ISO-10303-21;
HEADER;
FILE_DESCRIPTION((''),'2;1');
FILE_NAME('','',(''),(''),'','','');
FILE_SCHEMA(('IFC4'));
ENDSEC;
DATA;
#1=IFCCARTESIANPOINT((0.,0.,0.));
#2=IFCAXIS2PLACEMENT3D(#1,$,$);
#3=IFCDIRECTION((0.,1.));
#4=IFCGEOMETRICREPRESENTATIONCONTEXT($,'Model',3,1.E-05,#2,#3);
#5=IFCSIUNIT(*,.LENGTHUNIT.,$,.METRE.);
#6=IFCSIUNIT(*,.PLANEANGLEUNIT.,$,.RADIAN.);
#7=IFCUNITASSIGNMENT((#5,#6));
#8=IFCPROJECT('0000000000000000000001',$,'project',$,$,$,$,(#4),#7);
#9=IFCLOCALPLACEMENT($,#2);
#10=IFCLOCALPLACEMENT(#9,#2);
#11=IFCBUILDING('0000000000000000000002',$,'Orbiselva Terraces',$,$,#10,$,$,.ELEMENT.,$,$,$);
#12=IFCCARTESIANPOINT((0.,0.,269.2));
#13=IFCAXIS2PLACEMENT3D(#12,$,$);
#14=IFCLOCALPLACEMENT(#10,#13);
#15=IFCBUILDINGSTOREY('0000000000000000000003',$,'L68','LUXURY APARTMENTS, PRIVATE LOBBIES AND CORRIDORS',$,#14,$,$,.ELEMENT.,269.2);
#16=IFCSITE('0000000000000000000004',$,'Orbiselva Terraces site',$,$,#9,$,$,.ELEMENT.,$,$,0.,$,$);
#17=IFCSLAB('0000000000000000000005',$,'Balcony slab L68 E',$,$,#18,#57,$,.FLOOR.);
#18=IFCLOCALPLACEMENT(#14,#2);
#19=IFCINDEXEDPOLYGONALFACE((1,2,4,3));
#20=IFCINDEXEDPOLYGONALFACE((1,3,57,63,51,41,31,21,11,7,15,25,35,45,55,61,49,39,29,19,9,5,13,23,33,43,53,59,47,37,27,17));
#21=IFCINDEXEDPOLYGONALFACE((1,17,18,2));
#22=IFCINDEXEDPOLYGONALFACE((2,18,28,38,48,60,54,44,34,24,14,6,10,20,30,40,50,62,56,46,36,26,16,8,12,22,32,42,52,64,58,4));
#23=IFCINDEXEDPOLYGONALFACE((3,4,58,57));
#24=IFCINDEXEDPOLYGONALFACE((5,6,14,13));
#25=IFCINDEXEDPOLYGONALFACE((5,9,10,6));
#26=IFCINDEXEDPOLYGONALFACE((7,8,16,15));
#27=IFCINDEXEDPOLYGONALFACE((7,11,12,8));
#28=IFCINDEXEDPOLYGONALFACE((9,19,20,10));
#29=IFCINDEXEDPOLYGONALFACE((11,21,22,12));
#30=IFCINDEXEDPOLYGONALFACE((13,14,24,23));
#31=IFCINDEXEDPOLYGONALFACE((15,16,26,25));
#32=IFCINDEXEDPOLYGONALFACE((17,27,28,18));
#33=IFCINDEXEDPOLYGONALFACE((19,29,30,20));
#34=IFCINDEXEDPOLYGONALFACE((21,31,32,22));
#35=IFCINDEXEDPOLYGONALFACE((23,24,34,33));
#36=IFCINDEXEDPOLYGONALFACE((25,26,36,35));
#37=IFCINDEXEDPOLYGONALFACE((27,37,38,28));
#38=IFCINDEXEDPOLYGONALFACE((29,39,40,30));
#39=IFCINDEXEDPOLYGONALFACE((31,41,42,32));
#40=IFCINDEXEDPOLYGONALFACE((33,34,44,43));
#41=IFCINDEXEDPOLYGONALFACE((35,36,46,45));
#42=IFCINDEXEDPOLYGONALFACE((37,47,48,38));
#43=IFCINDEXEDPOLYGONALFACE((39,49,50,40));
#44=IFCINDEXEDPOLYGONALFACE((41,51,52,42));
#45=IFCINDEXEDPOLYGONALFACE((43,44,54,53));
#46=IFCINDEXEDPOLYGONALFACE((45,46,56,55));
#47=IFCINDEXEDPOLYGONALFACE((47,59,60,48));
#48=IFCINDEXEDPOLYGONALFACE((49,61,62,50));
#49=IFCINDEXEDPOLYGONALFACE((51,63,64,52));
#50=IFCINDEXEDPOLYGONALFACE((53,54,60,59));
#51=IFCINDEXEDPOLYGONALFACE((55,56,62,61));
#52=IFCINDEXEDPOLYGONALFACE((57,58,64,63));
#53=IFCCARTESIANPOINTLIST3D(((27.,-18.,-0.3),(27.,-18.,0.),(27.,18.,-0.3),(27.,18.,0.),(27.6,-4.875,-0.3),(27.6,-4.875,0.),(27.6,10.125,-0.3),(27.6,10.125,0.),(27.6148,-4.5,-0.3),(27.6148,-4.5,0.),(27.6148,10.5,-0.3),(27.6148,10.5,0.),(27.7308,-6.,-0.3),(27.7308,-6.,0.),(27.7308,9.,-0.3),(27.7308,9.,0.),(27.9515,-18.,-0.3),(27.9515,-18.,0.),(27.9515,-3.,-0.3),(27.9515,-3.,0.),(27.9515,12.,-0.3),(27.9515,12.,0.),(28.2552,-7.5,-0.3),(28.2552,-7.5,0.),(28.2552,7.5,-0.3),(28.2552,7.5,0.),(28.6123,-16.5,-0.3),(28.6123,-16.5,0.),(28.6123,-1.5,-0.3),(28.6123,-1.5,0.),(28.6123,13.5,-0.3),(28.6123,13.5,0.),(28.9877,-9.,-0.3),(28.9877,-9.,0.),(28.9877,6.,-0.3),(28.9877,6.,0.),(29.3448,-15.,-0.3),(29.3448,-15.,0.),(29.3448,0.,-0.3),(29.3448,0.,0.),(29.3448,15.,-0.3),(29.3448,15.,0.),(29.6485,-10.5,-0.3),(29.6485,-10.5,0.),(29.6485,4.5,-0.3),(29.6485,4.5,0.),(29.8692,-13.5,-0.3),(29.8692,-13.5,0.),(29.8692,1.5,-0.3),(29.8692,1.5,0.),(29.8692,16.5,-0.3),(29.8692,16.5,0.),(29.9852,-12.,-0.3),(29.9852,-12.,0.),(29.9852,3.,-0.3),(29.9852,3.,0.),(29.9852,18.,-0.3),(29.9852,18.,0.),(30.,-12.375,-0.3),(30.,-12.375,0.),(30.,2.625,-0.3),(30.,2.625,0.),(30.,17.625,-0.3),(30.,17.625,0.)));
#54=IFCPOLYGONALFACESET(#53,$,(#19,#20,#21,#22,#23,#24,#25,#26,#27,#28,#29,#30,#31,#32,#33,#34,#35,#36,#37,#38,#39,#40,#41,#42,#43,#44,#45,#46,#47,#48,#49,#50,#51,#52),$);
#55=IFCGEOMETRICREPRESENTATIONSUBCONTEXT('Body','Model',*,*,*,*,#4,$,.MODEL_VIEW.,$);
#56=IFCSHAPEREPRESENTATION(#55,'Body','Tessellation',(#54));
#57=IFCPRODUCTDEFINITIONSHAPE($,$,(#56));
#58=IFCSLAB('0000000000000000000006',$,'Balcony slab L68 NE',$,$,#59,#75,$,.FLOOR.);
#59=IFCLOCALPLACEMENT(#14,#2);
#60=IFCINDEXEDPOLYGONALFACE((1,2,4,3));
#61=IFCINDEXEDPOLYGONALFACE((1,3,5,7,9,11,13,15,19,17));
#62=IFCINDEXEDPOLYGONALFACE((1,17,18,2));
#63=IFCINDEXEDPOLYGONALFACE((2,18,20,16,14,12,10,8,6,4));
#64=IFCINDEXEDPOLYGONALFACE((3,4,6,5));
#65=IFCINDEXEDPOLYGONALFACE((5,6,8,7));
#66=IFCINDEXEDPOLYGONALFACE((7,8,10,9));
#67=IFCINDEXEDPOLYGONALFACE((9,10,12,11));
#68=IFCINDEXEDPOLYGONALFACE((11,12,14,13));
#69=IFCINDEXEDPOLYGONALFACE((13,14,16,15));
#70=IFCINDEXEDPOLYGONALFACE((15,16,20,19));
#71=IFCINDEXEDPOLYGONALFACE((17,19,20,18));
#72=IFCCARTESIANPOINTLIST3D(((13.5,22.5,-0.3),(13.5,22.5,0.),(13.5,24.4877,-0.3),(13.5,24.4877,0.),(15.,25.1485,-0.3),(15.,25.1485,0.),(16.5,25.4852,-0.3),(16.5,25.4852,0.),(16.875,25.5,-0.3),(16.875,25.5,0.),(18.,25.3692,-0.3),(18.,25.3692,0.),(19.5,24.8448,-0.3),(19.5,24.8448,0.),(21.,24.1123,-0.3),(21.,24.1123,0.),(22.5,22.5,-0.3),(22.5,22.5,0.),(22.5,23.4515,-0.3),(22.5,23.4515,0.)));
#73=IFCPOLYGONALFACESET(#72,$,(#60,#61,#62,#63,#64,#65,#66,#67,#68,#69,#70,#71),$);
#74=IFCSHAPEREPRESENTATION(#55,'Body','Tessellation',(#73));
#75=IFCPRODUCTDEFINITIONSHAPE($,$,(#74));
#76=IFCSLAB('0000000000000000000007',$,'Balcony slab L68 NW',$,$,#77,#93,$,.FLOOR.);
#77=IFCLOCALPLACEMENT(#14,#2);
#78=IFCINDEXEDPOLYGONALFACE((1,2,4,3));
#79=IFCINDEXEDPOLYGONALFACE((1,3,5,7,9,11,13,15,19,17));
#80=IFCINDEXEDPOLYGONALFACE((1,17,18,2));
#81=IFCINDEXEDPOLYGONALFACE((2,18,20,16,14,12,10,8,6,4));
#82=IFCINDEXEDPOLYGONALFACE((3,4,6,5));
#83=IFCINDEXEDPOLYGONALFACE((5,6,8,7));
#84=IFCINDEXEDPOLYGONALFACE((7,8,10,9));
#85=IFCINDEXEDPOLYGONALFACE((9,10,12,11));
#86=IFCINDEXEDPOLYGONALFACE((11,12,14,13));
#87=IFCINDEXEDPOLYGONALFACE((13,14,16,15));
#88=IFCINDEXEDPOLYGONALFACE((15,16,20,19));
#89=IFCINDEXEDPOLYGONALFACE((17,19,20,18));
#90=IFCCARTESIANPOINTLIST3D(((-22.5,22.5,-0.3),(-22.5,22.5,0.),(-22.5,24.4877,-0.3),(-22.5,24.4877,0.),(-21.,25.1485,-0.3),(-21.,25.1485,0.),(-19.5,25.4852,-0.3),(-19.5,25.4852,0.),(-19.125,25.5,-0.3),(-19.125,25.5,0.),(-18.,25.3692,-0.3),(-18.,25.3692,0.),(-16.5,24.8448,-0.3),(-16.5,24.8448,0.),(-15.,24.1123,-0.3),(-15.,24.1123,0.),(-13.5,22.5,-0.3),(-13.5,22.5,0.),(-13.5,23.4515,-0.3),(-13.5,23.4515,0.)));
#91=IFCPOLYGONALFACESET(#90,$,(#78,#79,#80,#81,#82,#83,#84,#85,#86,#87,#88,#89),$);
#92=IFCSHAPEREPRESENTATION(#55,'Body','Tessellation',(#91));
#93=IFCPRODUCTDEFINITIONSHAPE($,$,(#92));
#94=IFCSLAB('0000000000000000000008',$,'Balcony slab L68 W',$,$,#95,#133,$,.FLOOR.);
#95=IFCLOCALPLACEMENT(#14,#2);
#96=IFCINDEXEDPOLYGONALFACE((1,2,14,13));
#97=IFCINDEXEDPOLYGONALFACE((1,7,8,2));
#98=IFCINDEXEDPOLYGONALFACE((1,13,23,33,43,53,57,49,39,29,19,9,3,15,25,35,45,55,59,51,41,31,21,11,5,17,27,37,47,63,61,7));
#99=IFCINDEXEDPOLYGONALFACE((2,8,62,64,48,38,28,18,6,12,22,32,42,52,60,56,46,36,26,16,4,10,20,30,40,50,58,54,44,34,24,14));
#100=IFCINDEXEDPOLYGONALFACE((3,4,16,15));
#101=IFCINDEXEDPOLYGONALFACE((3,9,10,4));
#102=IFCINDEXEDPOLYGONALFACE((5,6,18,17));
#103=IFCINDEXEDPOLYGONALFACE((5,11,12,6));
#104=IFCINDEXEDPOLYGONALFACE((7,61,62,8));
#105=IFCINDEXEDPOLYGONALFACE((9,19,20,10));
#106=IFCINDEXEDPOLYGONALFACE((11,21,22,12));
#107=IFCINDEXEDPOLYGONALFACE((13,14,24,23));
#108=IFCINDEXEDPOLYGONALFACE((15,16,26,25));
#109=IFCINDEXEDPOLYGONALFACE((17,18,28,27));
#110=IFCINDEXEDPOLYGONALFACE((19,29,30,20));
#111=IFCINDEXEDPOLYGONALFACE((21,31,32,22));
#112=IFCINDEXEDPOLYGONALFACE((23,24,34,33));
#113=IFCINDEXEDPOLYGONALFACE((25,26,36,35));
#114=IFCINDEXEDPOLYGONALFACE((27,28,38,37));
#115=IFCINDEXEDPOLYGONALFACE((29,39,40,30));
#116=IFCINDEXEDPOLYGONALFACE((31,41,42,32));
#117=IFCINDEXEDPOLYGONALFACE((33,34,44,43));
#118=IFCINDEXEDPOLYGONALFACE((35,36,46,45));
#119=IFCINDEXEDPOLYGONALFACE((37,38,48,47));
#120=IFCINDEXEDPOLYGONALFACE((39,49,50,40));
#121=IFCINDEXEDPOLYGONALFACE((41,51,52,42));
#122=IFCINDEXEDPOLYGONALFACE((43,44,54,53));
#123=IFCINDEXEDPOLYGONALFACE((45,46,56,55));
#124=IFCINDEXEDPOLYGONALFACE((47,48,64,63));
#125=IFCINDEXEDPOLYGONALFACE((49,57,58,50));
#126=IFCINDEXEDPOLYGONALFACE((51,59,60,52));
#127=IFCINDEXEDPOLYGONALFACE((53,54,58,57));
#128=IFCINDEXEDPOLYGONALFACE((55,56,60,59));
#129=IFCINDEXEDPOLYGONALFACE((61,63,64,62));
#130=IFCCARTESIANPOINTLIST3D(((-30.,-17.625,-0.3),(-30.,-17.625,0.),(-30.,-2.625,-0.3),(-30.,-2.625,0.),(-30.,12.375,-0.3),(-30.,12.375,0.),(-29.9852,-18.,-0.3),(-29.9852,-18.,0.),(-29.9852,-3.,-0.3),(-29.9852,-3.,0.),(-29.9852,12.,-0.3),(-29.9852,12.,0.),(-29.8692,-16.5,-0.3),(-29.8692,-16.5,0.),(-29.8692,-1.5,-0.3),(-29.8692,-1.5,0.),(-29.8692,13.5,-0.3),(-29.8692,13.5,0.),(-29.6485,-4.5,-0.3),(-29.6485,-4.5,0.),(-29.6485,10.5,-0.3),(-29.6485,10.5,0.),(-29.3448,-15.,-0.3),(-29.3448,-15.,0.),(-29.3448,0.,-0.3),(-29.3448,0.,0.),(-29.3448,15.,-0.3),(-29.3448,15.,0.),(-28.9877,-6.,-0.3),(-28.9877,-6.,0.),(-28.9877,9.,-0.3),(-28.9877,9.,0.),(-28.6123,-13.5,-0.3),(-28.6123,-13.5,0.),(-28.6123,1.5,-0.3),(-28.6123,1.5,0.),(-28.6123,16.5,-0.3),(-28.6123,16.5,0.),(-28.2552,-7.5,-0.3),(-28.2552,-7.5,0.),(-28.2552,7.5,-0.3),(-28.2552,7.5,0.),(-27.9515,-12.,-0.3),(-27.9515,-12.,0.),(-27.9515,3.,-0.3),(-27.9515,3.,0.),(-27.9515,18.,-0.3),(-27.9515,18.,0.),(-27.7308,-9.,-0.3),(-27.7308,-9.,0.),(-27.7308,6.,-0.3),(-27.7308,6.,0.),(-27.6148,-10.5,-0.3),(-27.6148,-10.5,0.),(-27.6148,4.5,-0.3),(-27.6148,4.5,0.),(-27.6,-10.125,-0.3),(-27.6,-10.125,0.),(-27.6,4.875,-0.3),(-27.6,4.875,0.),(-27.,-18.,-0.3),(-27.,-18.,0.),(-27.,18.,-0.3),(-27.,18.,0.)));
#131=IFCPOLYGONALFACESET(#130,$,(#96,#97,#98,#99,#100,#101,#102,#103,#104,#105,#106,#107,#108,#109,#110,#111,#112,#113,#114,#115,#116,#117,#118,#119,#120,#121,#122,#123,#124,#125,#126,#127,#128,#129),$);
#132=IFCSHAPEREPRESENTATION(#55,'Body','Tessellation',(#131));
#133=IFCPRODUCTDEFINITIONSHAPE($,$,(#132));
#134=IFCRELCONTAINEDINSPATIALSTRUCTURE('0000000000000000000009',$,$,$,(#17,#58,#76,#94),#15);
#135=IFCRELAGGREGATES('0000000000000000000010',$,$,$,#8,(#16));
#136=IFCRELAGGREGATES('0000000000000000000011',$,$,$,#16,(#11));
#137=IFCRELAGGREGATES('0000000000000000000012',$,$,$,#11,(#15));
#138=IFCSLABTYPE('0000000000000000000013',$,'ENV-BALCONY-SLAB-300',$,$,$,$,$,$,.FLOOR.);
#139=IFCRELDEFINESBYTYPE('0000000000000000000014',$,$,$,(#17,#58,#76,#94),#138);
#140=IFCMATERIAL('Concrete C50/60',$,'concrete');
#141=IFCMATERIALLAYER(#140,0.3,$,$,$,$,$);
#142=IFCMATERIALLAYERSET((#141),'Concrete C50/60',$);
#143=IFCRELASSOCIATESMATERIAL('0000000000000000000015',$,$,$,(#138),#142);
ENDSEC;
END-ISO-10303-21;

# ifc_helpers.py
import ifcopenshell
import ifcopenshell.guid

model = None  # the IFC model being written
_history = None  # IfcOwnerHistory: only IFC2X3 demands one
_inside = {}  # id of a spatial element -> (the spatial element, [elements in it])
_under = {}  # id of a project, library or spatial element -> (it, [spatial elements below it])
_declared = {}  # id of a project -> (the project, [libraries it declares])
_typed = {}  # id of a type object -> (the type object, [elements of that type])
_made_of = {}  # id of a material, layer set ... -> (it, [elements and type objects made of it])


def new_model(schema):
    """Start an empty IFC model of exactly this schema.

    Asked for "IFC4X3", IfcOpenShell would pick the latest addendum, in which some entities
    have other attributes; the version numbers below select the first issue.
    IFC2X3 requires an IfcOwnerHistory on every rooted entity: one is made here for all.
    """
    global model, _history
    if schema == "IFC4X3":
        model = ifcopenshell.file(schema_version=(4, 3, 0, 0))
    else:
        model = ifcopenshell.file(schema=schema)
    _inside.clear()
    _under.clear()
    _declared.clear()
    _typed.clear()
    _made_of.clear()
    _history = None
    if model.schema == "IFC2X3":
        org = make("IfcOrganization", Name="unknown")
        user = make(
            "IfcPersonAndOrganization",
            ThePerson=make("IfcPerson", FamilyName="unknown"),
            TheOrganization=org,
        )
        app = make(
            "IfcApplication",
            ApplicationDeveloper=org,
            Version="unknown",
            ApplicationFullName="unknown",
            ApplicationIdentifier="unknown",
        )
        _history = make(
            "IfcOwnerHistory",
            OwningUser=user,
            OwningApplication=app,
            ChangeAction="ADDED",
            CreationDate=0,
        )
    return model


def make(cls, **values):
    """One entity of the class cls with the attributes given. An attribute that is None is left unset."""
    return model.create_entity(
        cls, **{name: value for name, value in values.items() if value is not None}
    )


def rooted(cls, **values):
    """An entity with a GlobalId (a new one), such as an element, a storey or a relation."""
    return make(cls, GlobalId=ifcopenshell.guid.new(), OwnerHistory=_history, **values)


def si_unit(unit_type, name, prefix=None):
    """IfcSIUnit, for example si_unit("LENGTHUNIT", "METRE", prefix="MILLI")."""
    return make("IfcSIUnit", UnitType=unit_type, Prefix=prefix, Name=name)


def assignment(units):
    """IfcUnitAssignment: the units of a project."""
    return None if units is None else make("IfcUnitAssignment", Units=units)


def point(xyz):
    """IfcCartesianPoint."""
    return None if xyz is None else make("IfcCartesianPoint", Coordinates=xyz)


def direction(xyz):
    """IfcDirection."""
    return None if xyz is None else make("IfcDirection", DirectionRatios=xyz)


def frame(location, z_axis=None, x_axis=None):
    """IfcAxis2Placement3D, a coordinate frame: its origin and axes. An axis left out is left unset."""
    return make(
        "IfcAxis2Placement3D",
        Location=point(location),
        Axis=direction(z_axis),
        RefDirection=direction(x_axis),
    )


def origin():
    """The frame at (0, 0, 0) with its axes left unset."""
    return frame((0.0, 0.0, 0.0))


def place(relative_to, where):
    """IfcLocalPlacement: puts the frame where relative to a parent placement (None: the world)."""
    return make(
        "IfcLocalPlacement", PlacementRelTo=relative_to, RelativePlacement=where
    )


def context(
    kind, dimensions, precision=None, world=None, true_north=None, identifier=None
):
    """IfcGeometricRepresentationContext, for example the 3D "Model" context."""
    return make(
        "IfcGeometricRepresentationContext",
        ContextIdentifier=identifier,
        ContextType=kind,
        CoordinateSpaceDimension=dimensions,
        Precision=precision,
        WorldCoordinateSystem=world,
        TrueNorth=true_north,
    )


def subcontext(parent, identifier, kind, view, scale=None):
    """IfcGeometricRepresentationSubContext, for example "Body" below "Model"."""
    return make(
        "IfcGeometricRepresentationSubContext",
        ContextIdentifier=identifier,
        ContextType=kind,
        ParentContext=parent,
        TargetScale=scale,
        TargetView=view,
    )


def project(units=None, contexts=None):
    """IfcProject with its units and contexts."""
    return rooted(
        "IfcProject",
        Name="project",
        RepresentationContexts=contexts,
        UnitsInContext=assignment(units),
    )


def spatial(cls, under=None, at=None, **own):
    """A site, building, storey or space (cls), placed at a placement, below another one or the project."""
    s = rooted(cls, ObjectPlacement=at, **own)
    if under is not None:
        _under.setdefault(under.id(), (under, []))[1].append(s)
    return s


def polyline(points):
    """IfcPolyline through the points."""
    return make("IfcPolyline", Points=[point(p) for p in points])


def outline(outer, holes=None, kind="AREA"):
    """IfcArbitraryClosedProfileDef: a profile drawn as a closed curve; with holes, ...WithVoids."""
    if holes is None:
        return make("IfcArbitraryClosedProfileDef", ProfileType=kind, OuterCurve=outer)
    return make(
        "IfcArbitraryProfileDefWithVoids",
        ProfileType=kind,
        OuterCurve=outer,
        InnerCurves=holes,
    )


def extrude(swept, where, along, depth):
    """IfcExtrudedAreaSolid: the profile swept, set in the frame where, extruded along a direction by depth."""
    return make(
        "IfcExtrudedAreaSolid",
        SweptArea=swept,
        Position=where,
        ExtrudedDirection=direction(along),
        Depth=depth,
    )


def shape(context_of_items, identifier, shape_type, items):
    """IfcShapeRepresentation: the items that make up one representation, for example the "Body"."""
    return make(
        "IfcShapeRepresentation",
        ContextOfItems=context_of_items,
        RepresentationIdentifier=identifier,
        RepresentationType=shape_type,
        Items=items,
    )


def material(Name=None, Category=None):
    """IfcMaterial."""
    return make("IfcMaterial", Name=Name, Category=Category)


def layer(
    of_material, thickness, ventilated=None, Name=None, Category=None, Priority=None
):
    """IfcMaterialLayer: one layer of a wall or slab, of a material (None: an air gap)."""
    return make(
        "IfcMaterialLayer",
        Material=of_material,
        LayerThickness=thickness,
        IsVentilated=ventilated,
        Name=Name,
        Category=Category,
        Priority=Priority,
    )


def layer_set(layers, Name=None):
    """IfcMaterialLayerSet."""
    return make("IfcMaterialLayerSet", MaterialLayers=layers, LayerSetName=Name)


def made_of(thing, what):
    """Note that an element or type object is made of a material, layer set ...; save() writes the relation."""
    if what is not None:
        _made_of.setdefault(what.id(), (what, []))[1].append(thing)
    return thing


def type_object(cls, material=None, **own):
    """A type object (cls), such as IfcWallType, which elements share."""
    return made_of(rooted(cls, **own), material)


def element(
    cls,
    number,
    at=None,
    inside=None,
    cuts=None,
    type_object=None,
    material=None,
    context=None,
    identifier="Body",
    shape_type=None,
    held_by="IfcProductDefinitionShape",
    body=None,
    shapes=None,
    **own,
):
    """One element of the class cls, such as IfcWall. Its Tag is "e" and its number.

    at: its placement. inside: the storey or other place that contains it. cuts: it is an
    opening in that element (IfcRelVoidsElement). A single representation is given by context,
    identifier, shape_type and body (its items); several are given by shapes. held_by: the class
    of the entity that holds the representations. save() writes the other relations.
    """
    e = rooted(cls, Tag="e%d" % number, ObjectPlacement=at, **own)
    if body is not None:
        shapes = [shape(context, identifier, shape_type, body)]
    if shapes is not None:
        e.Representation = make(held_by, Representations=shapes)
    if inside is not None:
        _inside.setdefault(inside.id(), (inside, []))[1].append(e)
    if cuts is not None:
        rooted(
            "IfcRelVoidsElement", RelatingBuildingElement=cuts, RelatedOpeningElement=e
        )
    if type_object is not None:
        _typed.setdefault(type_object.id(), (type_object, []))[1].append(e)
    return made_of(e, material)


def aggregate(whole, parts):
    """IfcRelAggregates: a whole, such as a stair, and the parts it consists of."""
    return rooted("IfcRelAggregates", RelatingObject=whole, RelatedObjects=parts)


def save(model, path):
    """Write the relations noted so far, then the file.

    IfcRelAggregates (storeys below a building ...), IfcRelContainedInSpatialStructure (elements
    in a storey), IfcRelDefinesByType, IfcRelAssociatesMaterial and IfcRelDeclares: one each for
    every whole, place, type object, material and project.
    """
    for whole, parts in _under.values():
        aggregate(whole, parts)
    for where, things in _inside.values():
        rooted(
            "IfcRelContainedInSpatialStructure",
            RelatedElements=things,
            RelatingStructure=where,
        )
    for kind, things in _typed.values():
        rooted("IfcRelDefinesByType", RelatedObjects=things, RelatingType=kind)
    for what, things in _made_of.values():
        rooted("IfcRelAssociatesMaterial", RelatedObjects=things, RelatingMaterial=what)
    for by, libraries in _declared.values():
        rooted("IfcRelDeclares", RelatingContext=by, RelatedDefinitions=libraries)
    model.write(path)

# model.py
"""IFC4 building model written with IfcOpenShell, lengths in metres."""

from ifc_helpers import new_model, si_unit, direction, frame, origin, place, context, subcontext, project, spatial, polyline, outline, extrude, material, layer, layer_set, type_object, element, save


model = new_model("IFC4")

# Units and contexts
model_context = context("Model", 3, precision=1e-05, world=origin(), true_north=direction((0.0, 1.0)))
body_context = subcontext(model_context, "Body", "Model", "MODEL_VIEW")
ifc_project = project(units=[si_unit("LENGTHUNIT", "METRE"), si_unit("PLANEANGLEUNIT", "RADIAN")], contexts=[model_context])

# Site, building, storey
site_placement = place(None, origin())
site = spatial("IfcSite", under=ifc_project, at=site_placement, Name="Orbiselva Terraces site", CompositionType="ELEMENT", RefElevation=0.0)
building_placement = place(site_placement, origin())
building = spatial("IfcBuilding", under=site, at=building_placement, Name="Orbiselva Terraces", CompositionType="ELEMENT")
storey_placement = place(building_placement, frame((0.0, 0.0, 269.2)))
storey = spatial("IfcBuildingStorey", under=building, at=storey_placement, Name="L68", Description="LUXURY APARTMENTS, PRIVATE LOBBIES AND CORRIDORS", CompositionType="ELEMENT", Elevation=269.2)

# Shared definitions
ifc_material_1 = material(Name="Concrete C50/60", Category="concrete")

# Slabs
ifc_layer_1 = layer(ifc_material_1, 0.3)
ifc_layer_set_1 = layer_set([ifc_layer_1], Name="Concrete C50/60")
slab_type_1 = type_object("IfcSlabType", Name="ENV-BALCONY-SLAB-300", PredefinedType="FLOOR", material=ifc_layer_set_1)
slab_1_placement = place(storey_placement, frame((0.0, 0.0, -0.3)))
element("IfcSlab", 1, at=slab_1_placement, inside=storey, type_object=slab_type_1, Name="Balcony slab L68 E", PredefinedType="FLOOR", context=body_context, shape_type="SweptSolid", body=[
    extrude(outline(polyline([(27.9515, -18.0), (28.6123, -16.5), (29.3448, -15.0), (29.8692, -13.5), (30.0, -12.375), (29.9852, -12.0), (29.6485, -10.5), (28.9877, -9.0), (28.2552, -7.5), (27.7308, -6.0), (27.6, -4.875), (27.6148, -4.5), (27.9515, -3.0), (28.6123, -1.5), (29.3448, 0.0), (29.8692, 1.5), (30.0, 2.625), (29.9852, 3.0), (29.6485, 4.5), (28.9877, 6.0), (28.2552, 7.5), (27.7308, 9.0), (27.6, 10.125), (27.6148, 10.5), (27.9515, 12.0), (28.6123, 13.5), (29.3448, 15.0), (29.8692, 16.5), (30.0, 17.625), (29.9852, 18.0), (27.0, 18.0), (27.0, -18.0), (27.9515, -18.0)])), origin(), (0.0, 0.0, 1.0), 0.3),
])
slab_2_placement = place(storey_placement, frame((0.0, 0.0, -0.3)))
element("IfcSlab", 2, at=slab_2_placement, inside=storey, type_object=slab_type_1, Name="Balcony slab L68 NE", PredefinedType="FLOOR", context=body_context, shape_type="SweptSolid", body=[
    extrude(outline(polyline([(22.5, 23.4515), (21.0, 24.1123), (19.5, 24.8448), (18.0, 25.3692), (16.875, 25.5), (16.5, 25.4852), (15.0, 25.1485), (13.5, 24.4877), (13.5, 22.5), (22.5, 22.5), (22.5, 23.4515)])), origin(), (0.0, 0.0, 1.0), 0.3),
])
slab_3_placement = place(storey_placement, frame((0.0, 0.0, -0.3)))
element("IfcSlab", 3, at=slab_3_placement, inside=storey, type_object=slab_type_1, Name="Balcony slab L68 NW", PredefinedType="FLOOR", context=body_context, shape_type="SweptSolid", body=[
    extrude(outline(polyline([(-13.5, 23.4515), (-15.0, 24.1123), (-16.5, 24.8448), (-18.0, 25.3692), (-19.125, 25.5), (-19.5, 25.4852), (-21.0, 25.1485), (-22.5, 24.4877), (-22.5, 22.5), (-13.5, 22.5), (-13.5, 23.4515)])), origin(), (0.0, 0.0, 1.0), 0.3),
])
slab_4_placement = place(storey_placement, frame((0.0, 0.0, -0.3)))
element("IfcSlab", 4, at=slab_4_placement, inside=storey, type_object=slab_type_1, Name="Balcony slab L68 W", PredefinedType="FLOOR", context=body_context, shape_type="SweptSolid", body=[
    extrude(outline(polyline([(-27.9515, 18.0), (-28.6123, 16.5), (-29.3448, 15.0), (-29.8692, 13.5), (-30.0, 12.375), (-29.9852, 12.0), (-29.6485, 10.5), (-28.9877, 9.0), (-28.2552, 7.5), (-27.7308, 6.0), (-27.6, 4.875), (-27.6148, 4.5), (-27.9515, 3.0), (-28.6123, 1.5), (-29.3448, 0.0), (-29.8692, -1.5), (-30.0, -2.625), (-29.9852, -3.0), (-29.6485, -4.5), (-28.9877, -6.0), (-28.2552, -7.5), (-27.7308, -9.0), (-27.6, -10.125), (-27.6148, -10.5), (-27.9515, -12.0), (-28.6123, -13.5), (-29.3448, -15.0), (-29.8692, -16.5), (-30.0, -17.625), (-29.9852, -18.0), (-27.0, -18.0), (-27.0, 18.0), (-27.9515, 18.0)])), origin(), (0.0, 0.0, 1.0), 0.3),
])

save(model, "model.ifc")
